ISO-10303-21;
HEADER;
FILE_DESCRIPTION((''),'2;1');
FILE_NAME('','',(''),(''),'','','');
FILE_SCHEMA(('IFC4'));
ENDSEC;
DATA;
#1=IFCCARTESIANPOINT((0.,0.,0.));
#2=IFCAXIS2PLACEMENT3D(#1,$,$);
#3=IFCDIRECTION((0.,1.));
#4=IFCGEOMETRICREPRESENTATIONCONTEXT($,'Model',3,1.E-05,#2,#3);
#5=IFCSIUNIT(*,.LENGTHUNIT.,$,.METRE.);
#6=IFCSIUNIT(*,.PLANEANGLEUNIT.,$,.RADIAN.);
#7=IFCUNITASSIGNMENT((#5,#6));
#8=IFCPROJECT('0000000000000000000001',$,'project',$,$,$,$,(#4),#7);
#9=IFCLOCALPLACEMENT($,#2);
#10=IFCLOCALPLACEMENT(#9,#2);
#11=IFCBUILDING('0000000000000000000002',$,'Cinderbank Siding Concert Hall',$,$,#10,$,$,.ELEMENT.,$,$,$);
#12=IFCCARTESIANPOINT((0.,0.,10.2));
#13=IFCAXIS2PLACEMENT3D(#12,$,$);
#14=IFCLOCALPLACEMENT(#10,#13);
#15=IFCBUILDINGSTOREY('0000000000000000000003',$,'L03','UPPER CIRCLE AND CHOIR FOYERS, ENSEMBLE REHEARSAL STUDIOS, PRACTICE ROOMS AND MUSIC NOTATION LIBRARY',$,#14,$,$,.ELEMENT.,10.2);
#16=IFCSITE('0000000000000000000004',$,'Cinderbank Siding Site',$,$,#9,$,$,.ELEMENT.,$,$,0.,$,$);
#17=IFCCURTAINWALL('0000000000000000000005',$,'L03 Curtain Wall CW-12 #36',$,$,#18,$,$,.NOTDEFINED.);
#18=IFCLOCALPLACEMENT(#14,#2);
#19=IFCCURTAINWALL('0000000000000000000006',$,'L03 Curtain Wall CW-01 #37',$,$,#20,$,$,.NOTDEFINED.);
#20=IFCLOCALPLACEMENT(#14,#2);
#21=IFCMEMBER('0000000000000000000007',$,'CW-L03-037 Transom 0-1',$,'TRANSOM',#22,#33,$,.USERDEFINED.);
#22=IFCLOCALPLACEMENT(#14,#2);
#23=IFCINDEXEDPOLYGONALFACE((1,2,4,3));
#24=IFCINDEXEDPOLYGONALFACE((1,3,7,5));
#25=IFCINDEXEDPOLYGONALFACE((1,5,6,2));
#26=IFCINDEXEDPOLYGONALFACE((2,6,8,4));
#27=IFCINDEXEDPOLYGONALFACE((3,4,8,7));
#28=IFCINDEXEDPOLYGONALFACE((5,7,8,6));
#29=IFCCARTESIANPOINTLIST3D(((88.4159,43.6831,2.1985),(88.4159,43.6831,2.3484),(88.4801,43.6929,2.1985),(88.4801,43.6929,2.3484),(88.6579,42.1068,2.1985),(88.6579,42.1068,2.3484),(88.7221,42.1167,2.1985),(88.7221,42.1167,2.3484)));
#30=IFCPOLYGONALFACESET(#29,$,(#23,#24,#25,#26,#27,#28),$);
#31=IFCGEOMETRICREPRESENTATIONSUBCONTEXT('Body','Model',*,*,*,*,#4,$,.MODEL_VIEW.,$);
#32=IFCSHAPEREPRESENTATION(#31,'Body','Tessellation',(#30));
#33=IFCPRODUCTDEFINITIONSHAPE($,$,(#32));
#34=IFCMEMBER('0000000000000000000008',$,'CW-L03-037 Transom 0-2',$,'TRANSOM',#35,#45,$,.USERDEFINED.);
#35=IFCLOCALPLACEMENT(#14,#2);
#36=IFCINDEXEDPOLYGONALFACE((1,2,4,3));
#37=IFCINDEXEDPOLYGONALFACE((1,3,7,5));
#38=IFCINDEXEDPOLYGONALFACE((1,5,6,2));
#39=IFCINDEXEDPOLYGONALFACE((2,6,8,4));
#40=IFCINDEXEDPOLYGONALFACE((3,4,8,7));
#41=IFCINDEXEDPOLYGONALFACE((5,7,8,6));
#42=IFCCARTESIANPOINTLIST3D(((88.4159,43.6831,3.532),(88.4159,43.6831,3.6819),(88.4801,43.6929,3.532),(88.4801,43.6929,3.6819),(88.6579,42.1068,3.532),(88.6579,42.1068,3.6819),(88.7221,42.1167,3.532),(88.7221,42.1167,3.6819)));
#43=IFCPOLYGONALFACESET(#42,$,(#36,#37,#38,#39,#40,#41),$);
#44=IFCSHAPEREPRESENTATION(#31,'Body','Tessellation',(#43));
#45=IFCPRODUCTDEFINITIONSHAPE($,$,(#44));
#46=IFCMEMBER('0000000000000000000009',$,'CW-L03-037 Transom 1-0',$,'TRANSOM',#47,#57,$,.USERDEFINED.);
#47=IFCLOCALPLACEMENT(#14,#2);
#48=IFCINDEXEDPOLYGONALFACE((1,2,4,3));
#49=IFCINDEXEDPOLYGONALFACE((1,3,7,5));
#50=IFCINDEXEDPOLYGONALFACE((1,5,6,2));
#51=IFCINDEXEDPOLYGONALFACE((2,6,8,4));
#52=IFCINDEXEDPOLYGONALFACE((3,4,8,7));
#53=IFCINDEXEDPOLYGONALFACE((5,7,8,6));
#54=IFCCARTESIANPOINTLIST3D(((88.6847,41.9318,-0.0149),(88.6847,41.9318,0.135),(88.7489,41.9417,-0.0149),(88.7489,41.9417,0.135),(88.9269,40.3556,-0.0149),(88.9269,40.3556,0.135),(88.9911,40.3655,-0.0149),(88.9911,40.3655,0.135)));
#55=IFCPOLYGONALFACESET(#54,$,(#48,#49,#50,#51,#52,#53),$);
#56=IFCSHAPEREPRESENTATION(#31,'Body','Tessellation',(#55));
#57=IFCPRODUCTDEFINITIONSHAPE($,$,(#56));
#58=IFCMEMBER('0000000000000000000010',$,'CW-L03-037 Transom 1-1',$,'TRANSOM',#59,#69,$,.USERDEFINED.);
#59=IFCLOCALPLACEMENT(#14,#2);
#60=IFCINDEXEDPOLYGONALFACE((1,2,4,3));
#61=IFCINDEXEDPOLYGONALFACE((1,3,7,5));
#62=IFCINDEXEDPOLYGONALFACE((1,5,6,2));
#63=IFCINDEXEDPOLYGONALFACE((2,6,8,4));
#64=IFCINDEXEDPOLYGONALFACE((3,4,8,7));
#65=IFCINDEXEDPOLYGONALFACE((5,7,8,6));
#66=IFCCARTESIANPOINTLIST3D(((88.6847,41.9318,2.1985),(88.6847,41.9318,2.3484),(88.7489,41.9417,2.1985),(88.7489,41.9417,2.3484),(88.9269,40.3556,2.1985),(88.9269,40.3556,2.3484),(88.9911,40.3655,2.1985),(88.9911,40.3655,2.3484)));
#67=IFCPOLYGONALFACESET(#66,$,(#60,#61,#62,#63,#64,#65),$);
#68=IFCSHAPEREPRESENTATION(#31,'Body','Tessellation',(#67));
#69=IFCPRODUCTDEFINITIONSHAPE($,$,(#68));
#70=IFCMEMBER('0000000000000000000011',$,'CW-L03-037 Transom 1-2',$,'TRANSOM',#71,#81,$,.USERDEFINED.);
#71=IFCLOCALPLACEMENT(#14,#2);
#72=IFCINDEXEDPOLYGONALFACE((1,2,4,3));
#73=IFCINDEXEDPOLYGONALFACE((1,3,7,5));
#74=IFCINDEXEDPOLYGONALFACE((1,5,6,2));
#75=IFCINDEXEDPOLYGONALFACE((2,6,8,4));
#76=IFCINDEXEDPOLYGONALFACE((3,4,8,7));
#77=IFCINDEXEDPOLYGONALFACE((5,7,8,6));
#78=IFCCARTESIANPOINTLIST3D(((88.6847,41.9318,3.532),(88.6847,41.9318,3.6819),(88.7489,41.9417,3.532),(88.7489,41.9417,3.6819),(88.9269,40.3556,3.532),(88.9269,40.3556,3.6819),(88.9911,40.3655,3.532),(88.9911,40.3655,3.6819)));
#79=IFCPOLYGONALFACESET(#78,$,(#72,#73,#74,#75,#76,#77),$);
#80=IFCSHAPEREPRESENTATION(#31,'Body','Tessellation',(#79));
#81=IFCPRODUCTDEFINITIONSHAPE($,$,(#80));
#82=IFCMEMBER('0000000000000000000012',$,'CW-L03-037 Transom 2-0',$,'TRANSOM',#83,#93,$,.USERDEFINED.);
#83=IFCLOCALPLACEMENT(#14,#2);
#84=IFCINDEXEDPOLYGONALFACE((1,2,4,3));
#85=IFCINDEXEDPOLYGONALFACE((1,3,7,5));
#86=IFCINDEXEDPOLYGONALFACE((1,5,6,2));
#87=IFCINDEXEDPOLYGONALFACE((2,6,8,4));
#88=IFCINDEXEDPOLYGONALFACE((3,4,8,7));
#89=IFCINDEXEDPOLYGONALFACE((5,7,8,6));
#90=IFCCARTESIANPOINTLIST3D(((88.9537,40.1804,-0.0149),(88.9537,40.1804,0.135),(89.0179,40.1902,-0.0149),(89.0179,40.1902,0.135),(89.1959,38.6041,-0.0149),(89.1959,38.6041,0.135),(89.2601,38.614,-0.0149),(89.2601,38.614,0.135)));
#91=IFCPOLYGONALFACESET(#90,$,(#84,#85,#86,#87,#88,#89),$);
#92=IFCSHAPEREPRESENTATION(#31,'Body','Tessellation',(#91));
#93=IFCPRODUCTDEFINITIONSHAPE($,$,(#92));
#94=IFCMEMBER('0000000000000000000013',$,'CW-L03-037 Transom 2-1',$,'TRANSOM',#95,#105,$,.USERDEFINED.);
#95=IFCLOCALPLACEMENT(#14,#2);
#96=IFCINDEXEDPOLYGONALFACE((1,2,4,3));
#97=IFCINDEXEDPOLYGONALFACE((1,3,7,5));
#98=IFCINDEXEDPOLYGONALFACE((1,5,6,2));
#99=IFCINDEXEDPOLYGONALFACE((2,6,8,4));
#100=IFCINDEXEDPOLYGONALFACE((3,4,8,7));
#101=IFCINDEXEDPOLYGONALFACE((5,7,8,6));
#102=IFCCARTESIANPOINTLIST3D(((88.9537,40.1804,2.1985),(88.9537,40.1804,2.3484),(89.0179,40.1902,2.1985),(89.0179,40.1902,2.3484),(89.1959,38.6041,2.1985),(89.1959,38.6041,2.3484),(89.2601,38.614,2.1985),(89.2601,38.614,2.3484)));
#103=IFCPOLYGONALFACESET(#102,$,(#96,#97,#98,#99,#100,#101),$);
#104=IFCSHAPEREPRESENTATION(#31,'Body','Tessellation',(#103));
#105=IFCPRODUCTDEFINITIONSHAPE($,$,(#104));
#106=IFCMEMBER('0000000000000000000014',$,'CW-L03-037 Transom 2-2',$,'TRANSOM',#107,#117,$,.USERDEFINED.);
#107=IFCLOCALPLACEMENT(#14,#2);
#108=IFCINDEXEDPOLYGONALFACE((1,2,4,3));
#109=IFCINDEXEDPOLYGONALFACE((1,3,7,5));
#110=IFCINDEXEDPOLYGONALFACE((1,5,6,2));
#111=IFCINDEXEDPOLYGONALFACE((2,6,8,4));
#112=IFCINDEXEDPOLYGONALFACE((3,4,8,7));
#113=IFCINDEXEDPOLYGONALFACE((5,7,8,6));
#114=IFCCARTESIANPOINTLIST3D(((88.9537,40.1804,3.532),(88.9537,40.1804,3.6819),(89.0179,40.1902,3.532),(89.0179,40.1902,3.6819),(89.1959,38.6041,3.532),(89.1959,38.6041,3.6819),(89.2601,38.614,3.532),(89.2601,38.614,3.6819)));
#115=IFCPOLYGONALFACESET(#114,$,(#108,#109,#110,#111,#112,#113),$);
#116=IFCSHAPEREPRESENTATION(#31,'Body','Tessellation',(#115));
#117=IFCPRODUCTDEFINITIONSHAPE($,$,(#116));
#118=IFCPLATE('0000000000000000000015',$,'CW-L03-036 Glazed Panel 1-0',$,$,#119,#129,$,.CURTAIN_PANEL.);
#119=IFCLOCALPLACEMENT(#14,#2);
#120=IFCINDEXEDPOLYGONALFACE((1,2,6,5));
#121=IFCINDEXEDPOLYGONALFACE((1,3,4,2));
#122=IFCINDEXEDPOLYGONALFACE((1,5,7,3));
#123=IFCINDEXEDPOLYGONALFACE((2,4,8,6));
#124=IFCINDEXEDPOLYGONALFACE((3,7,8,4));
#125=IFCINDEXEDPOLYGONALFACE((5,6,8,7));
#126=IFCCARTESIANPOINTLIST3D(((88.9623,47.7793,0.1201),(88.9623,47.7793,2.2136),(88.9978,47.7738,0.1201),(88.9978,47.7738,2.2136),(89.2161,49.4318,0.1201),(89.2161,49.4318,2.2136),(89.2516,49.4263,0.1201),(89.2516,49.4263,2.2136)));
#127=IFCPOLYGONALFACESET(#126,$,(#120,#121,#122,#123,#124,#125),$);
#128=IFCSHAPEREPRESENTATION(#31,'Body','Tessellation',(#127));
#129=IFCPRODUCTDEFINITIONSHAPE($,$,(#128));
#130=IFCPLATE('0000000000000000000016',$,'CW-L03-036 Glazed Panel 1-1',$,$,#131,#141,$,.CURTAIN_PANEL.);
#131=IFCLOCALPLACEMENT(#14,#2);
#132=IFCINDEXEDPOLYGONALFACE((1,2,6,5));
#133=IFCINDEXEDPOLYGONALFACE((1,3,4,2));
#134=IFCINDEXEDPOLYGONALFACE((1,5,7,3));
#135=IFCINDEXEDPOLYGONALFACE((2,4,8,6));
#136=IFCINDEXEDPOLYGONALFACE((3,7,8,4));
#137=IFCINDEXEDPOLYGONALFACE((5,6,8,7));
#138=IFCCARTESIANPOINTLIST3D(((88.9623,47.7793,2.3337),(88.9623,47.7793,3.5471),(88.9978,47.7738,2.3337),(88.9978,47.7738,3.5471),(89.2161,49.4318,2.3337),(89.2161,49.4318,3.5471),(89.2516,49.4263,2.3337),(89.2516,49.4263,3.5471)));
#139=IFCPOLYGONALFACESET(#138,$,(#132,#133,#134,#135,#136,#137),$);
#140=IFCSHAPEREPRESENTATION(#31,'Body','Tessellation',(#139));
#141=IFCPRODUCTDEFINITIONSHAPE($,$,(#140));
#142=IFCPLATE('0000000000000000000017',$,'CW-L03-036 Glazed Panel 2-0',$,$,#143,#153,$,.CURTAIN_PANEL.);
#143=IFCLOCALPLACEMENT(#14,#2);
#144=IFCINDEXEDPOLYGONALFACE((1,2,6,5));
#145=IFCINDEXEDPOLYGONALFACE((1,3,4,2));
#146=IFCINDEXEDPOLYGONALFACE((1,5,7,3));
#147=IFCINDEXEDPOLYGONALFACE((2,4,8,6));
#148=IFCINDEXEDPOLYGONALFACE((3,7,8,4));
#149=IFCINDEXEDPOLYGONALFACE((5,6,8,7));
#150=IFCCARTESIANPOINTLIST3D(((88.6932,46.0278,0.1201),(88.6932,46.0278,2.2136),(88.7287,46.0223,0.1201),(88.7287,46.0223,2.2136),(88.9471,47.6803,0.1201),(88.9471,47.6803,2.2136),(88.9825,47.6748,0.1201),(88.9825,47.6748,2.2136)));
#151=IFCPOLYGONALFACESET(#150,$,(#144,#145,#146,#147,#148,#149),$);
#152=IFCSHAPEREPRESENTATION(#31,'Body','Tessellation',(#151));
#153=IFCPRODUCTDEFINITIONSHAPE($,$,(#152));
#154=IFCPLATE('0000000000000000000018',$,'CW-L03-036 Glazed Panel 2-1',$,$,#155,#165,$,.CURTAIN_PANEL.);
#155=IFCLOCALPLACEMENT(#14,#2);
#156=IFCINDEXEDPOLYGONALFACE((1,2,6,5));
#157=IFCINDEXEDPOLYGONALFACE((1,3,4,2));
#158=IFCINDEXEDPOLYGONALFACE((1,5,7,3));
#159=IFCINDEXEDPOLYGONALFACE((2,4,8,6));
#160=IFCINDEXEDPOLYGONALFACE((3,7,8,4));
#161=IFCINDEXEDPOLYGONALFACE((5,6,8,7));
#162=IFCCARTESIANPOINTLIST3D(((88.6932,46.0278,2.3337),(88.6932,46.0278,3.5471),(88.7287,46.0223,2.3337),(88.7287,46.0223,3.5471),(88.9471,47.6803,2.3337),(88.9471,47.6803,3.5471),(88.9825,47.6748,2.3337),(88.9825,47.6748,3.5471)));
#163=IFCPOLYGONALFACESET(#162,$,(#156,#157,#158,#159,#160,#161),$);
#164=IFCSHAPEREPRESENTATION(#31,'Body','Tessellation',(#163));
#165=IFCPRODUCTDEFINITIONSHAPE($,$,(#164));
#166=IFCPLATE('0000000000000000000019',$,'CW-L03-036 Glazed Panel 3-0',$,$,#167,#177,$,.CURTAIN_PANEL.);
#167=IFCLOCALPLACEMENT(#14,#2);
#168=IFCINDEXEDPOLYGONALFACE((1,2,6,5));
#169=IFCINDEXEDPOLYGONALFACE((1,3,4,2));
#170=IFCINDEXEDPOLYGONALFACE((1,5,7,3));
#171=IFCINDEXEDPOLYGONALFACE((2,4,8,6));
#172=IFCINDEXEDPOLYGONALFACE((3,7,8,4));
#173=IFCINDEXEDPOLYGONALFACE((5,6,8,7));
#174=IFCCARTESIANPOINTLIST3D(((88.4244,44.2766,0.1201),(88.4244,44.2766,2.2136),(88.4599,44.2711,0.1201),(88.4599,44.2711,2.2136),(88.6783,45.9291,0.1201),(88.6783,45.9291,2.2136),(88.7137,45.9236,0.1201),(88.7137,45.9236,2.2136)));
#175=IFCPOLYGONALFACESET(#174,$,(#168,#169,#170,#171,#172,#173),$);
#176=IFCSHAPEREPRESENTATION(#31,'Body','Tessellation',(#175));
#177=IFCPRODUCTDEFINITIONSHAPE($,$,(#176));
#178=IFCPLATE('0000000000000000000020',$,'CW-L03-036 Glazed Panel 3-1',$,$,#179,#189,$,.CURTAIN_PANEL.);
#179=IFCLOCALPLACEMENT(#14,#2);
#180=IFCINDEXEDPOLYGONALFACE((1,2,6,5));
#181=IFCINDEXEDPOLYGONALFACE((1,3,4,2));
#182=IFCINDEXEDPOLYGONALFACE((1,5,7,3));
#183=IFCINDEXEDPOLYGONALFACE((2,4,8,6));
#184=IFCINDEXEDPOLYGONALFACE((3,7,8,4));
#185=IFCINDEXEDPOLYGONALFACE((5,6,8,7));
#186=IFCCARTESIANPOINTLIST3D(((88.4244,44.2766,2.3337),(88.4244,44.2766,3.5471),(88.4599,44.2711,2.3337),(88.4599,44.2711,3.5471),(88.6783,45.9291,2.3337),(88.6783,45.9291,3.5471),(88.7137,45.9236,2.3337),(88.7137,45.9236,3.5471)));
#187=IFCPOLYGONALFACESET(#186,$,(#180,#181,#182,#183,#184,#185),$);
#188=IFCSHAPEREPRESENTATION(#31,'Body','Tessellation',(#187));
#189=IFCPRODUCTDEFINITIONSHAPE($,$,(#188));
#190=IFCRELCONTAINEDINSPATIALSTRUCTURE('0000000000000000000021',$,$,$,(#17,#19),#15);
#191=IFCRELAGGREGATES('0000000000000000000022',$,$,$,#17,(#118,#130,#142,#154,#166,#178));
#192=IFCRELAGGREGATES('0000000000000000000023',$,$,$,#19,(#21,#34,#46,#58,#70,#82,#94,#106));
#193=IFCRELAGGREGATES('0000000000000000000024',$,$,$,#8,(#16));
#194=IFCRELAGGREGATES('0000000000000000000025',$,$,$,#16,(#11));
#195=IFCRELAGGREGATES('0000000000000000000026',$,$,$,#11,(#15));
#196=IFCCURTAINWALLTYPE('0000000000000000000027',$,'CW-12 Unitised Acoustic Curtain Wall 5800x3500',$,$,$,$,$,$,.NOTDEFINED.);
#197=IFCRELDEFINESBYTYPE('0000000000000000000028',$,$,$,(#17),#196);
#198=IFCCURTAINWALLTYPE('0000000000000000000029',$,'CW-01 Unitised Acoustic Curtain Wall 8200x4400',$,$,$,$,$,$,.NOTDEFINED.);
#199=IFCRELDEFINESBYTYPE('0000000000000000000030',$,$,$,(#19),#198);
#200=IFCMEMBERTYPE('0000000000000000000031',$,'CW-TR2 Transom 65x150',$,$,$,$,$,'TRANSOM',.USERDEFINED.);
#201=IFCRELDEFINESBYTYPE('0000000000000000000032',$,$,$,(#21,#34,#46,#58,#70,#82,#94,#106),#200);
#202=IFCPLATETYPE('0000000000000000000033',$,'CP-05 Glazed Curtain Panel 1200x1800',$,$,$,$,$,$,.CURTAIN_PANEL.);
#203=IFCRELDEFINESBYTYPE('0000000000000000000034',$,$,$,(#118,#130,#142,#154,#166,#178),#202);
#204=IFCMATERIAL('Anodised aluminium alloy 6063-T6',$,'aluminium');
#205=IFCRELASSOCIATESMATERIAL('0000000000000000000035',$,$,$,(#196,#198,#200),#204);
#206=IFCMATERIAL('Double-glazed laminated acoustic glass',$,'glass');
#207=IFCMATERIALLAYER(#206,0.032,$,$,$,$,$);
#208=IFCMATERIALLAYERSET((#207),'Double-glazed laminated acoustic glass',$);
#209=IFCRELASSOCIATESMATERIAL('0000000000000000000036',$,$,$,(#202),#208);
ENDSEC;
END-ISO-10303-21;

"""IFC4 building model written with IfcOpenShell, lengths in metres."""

from ifc_helpers import new_model, si_unit, direction, frame, origin, origin_2d, place, context, subcontext, project, spatial, rectangle, extrude, material, layer, layer_set, material_profile, profile_set, type_object, element, aggregate, save


model = new_model("IFC4")

# Units and contexts
model_context = context("Model", 3, precision=1e-05, world=origin(), true_north=direction((0.0, 1.0)))
body_context = subcontext(model_context, "Body", "Model", "MODEL_VIEW")
ifc_project = project(units=[si_unit("LENGTHUNIT", "METRE"), si_unit("PLANEANGLEUNIT", "RADIAN")], contexts=[model_context])

# Site, building, storey
site_placement = place(None, origin())
site = spatial("IfcSite", under=ifc_project, at=site_placement, Name="Cinderbank Siding Site", CompositionType="ELEMENT", RefElevation=0.0)
building_placement = place(site_placement, origin())
building = spatial("IfcBuilding", under=site, at=building_placement, Name="Cinderbank Siding Concert Hall", CompositionType="ELEMENT")
storey_placement = place(building_placement, frame((0.0, 0.0, 10.2)))
storey = spatial("IfcBuildingStorey", under=building, at=storey_placement, Name="L03", Description="UPPER CIRCLE AND CHOIR FOYERS, ENSEMBLE REHEARSAL STUDIOS, PRACTICE ROOMS AND MUSIC NOTATION LIBRARY", CompositionType="ELEMENT", Elevation=10.2)

# Curtain walls
ifc_material_1 = material(Name="Anodised aluminium alloy 6063-T6", Category="aluminium")
curtain_wall_type_1 = type_object("IfcCurtainWallType", Name="CW-12 Unitised Acoustic Curtain Wall 5800x3500", PredefinedType="NOTDEFINED", material=ifc_material_1)
curtain_wall_1_placement = place(storey_placement, origin())
curtain_wall_1 = element("IfcCurtainWall", 1, at=curtain_wall_1_placement, inside=storey, type_object=curtain_wall_type_1, Name="L03 Curtain Wall CW-12 #36", PredefinedType="NOTDEFINED")
curtain_wall_type_2 = type_object("IfcCurtainWallType", Name="CW-01 Unitised Acoustic Curtain Wall 8200x4400", PredefinedType="NOTDEFINED", material=ifc_material_1)
curtain_wall_2_placement = place(storey_placement, origin())
curtain_wall_2 = element("IfcCurtainWall", 2, at=curtain_wall_2_placement, inside=storey, type_object=curtain_wall_type_2, Name="L03 Curtain Wall CW-01 #37", PredefinedType="NOTDEFINED")

# Members
ifc_material_profile_1 = material_profile(ifc_material_1, rectangle(XDim=0.0649, YDim=0.1499, at=origin_2d()), Name="ALU-TRAN-65x150", Category="LoadBearing")
ifc_profile_set_1 = profile_set([ifc_material_profile_1], Name="Anodised aluminium alloy 6063-T6")
member_type_1 = type_object("IfcMemberType", Name="CW-TR2 Transom 65x150", ElementType="TRANSOM", PredefinedType="USERDEFINED", material=ifc_profile_set_1)
member_1_placement = place(storey_placement, frame((88.448, 43.688, 2.2734), z_axis=(0.151724, -0.988423, 0.0), x_axis=(0.988423, 0.151724, 0.0)))
member_1 = element("IfcMember", 3, at=member_1_placement, type_object=member_type_1, Name="CW-L03-037 Transom 0-1", ObjectType="TRANSOM", PredefinedType="USERDEFINED", context=body_context, shape_type="SweptSolid", body=[
    extrude(rectangle(XDim=0.0649, YDim=0.1499, at=origin_2d()), origin(), (0.0, 0.0, 1.0), 1.5947),
])
member_2_placement = place(storey_placement, frame((88.448, 43.688, 3.6069), z_axis=(0.151724, -0.988423, 0.0), x_axis=(0.988423, 0.151724, 0.0)))
member_2 = element("IfcMember", 4, at=member_2_placement, type_object=member_type_1, Name="CW-L03-037 Transom 0-2", ObjectType="TRANSOM", PredefinedType="USERDEFINED", context=body_context, shape_type="SweptSolid", body=[
    extrude(rectangle(XDim=0.0649, YDim=0.1499, at=origin_2d()), origin(), (0.0, 0.0, 1.0), 1.5947),
])
member_3_placement = place(storey_placement, frame((88.7168, 41.9368, 0.0601), z_axis=(0.151873, -0.9884, 0.0), x_axis=(0.9884, 0.151873, 0.0)))
member_3 = element("IfcMember", 5, at=member_3_placement, type_object=member_type_1, Name="CW-L03-037 Transom 1-0", ObjectType="TRANSOM", PredefinedType="USERDEFINED", context=body_context, shape_type="SweptSolid", body=[
    extrude(rectangle(XDim=0.0649, YDim=0.1499, at=origin_2d()), origin(), (0.0, 0.0, 1.0), 1.5947),
])
member_4_placement = place(storey_placement, frame((88.7168, 41.9368, 2.2734), z_axis=(0.151873, -0.9884, 0.0), x_axis=(0.9884, 0.151873, 0.0)))
member_4 = element("IfcMember", 6, at=member_4_placement, type_object=member_type_1, Name="CW-L03-037 Transom 1-1", ObjectType="TRANSOM", PredefinedType="USERDEFINED", context=body_context, shape_type="SweptSolid", body=[
    extrude(rectangle(XDim=0.0649, YDim=0.1499, at=origin_2d()), origin(), (0.0, 0.0, 1.0), 1.5947),
])
member_5_placement = place(storey_placement, frame((88.7168, 41.9368, 3.6069), z_axis=(0.151873, -0.9884, 0.0), x_axis=(0.9884, 0.151873, 0.0)))
member_5 = element("IfcMember", 7, at=member_5_placement, type_object=member_type_1, Name="CW-L03-037 Transom 1-2", ObjectType="TRANSOM", PredefinedType="USERDEFINED", context=body_context, shape_type="SweptSolid", body=[
    extrude(rectangle(XDim=0.0649, YDim=0.1499, at=origin_2d()), origin(), (0.0, 0.0, 1.0), 1.5947),
])
member_6_placement = place(storey_placement, frame((88.9858, 40.1853, 0.0601), z_axis=(0.151873, -0.9884, 0.0), x_axis=(0.9884, 0.151873, 0.0)))
member_6 = element("IfcMember", 8, at=member_6_placement, type_object=member_type_1, Name="CW-L03-037 Transom 2-0", ObjectType="TRANSOM", PredefinedType="USERDEFINED", context=body_context, shape_type="SweptSolid", body=[
    extrude(rectangle(XDim=0.0649, YDim=0.1499, at=origin_2d()), origin(), (0.0, 0.0, 1.0), 1.5947),
])
member_7_placement = place(storey_placement, frame((88.9858, 40.1853, 2.2734), z_axis=(0.151873, -0.9884, 0.0), x_axis=(0.9884, 0.151873, 0.0)))
member_7 = element("IfcMember", 9, at=member_7_placement, type_object=member_type_1, Name="CW-L03-037 Transom 2-1", ObjectType="TRANSOM", PredefinedType="USERDEFINED", context=body_context, shape_type="SweptSolid", body=[
    extrude(rectangle(XDim=0.0649, YDim=0.1499, at=origin_2d()), origin(), (0.0, 0.0, 1.0), 1.5947),
])
member_8_placement = place(storey_placement, frame((88.9858, 40.1853, 3.6069), z_axis=(0.151873, -0.9884, 0.0), x_axis=(0.9884, 0.151873, 0.0)))
member_8 = element("IfcMember", 10, at=member_8_placement, type_object=member_type_1, Name="CW-L03-037 Transom 2-2", ObjectType="TRANSOM", PredefinedType="USERDEFINED", context=body_context, shape_type="SweptSolid", body=[
    extrude(rectangle(XDim=0.0649, YDim=0.1499, at=origin_2d()), origin(), (0.0, 0.0, 1.0), 1.5947),
])

# Plates
ifc_material_2 = material(Name="Double-glazed laminated acoustic glass", Category="glass")
ifc_layer_1 = layer(ifc_material_2, 0.032)
ifc_layer_set_1 = layer_set([ifc_layer_1], Name="Double-glazed laminated acoustic glass")
plate_type_1 = type_object("IfcPlateType", Name="CP-05 Glazed Curtain Panel 1200x1800", PredefinedType="CURTAIN_PANEL", material=ifc_layer_set_1)
plate_1_placement = place(storey_placement, frame((89.1069, 48.6028, 0.1201), z_axis=(0.0, 0.0, 1.0), x_axis=(-0.151815, -0.988409, 0.0)))
plate_1 = element("IfcPlate", 11, at=plate_1_placement, type_object=plate_type_1, Name="CW-L03-036 Glazed Panel 1-0", PredefinedType="CURTAIN_PANEL", context=body_context, shape_type="SweptSolid", body=[
    extrude(rectangle(XDim=1.6719, YDim=0.0359, at=origin_2d()), origin(), (0.0, 0.0, 1.0), 2.0935),
])
plate_2_placement = place(storey_placement, frame((89.1069, 48.6028, 2.3337), z_axis=(0.0, 0.0, 1.0), x_axis=(-0.151815, -0.988409, 0.0)))
plate_2 = element("IfcPlate", 12, at=plate_2_placement, type_object=plate_type_1, Name="CW-L03-036 Glazed Panel 1-1", PredefinedType="CURTAIN_PANEL", context=body_context, shape_type="SweptSolid", body=[
    extrude(rectangle(XDim=1.6719, YDim=0.0359, at=origin_2d()), origin(), (0.0, 0.0, 1.0), 1.2134),
])
plate_3_placement = place(storey_placement, frame((88.8379, 46.8513, 0.1201), z_axis=(0.0, 0.0, 1.0), x_axis=(-0.151815, -0.988409, 0.0)))
plate_3 = element("IfcPlate", 13, at=plate_3_placement, type_object=plate_type_1, Name="CW-L03-036 Glazed Panel 2-0", PredefinedType="CURTAIN_PANEL", context=body_context, shape_type="SweptSolid", body=[
    extrude(rectangle(XDim=1.6719, YDim=0.0359, at=origin_2d()), origin(), (0.0, 0.0, 1.0), 2.0935),
])
plate_4_placement = place(storey_placement, frame((88.8379, 46.8513, 2.3337), z_axis=(0.0, 0.0, 1.0), x_axis=(-0.151815, -0.988409, 0.0)))
plate_4 = element("IfcPlate", 14, at=plate_4_placement, type_object=plate_type_1, Name="CW-L03-036 Glazed Panel 2-1", PredefinedType="CURTAIN_PANEL", context=body_context, shape_type="SweptSolid", body=[
    extrude(rectangle(XDim=1.6719, YDim=0.0359, at=origin_2d()), origin(), (0.0, 0.0, 1.0), 1.2134),
])
plate_5_placement = place(storey_placement, frame((88.5691, 45.1001, 0.1201), z_axis=(0.0, 0.0, 1.0), x_axis=(-0.151815, -0.988409, 0.0)))
plate_5 = element("IfcPlate", 15, at=plate_5_placement, type_object=plate_type_1, Name="CW-L03-036 Glazed Panel 3-0", PredefinedType="CURTAIN_PANEL", context=body_context, shape_type="SweptSolid", body=[
    extrude(rectangle(XDim=1.6719, YDim=0.0359, at=origin_2d()), origin(), (0.0, 0.0, 1.0), 2.0935),
])
plate_6_placement = place(storey_placement, frame((88.5691, 45.1001, 2.3337), z_axis=(0.0, 0.0, 1.0), x_axis=(-0.151815, -0.988409, 0.0)))
plate_6 = element("IfcPlate", 16, at=plate_6_placement, type_object=plate_type_1, Name="CW-L03-036 Glazed Panel 3-1", PredefinedType="CURTAIN_PANEL", context=body_context, shape_type="SweptSolid", body=[
    extrude(rectangle(XDim=1.6719, YDim=0.0359, at=origin_2d()), origin(), (0.0, 0.0, 1.0), 1.2134),
])
aggregate(curtain_wall_1, [plate_1, plate_2, plate_3, plate_4, plate_5, plate_6])
aggregate(curtain_wall_2, [member_1, member_2, member_3, member_4, member_5, member_6, member_7, member_8])

save(model, "model.ifc")
